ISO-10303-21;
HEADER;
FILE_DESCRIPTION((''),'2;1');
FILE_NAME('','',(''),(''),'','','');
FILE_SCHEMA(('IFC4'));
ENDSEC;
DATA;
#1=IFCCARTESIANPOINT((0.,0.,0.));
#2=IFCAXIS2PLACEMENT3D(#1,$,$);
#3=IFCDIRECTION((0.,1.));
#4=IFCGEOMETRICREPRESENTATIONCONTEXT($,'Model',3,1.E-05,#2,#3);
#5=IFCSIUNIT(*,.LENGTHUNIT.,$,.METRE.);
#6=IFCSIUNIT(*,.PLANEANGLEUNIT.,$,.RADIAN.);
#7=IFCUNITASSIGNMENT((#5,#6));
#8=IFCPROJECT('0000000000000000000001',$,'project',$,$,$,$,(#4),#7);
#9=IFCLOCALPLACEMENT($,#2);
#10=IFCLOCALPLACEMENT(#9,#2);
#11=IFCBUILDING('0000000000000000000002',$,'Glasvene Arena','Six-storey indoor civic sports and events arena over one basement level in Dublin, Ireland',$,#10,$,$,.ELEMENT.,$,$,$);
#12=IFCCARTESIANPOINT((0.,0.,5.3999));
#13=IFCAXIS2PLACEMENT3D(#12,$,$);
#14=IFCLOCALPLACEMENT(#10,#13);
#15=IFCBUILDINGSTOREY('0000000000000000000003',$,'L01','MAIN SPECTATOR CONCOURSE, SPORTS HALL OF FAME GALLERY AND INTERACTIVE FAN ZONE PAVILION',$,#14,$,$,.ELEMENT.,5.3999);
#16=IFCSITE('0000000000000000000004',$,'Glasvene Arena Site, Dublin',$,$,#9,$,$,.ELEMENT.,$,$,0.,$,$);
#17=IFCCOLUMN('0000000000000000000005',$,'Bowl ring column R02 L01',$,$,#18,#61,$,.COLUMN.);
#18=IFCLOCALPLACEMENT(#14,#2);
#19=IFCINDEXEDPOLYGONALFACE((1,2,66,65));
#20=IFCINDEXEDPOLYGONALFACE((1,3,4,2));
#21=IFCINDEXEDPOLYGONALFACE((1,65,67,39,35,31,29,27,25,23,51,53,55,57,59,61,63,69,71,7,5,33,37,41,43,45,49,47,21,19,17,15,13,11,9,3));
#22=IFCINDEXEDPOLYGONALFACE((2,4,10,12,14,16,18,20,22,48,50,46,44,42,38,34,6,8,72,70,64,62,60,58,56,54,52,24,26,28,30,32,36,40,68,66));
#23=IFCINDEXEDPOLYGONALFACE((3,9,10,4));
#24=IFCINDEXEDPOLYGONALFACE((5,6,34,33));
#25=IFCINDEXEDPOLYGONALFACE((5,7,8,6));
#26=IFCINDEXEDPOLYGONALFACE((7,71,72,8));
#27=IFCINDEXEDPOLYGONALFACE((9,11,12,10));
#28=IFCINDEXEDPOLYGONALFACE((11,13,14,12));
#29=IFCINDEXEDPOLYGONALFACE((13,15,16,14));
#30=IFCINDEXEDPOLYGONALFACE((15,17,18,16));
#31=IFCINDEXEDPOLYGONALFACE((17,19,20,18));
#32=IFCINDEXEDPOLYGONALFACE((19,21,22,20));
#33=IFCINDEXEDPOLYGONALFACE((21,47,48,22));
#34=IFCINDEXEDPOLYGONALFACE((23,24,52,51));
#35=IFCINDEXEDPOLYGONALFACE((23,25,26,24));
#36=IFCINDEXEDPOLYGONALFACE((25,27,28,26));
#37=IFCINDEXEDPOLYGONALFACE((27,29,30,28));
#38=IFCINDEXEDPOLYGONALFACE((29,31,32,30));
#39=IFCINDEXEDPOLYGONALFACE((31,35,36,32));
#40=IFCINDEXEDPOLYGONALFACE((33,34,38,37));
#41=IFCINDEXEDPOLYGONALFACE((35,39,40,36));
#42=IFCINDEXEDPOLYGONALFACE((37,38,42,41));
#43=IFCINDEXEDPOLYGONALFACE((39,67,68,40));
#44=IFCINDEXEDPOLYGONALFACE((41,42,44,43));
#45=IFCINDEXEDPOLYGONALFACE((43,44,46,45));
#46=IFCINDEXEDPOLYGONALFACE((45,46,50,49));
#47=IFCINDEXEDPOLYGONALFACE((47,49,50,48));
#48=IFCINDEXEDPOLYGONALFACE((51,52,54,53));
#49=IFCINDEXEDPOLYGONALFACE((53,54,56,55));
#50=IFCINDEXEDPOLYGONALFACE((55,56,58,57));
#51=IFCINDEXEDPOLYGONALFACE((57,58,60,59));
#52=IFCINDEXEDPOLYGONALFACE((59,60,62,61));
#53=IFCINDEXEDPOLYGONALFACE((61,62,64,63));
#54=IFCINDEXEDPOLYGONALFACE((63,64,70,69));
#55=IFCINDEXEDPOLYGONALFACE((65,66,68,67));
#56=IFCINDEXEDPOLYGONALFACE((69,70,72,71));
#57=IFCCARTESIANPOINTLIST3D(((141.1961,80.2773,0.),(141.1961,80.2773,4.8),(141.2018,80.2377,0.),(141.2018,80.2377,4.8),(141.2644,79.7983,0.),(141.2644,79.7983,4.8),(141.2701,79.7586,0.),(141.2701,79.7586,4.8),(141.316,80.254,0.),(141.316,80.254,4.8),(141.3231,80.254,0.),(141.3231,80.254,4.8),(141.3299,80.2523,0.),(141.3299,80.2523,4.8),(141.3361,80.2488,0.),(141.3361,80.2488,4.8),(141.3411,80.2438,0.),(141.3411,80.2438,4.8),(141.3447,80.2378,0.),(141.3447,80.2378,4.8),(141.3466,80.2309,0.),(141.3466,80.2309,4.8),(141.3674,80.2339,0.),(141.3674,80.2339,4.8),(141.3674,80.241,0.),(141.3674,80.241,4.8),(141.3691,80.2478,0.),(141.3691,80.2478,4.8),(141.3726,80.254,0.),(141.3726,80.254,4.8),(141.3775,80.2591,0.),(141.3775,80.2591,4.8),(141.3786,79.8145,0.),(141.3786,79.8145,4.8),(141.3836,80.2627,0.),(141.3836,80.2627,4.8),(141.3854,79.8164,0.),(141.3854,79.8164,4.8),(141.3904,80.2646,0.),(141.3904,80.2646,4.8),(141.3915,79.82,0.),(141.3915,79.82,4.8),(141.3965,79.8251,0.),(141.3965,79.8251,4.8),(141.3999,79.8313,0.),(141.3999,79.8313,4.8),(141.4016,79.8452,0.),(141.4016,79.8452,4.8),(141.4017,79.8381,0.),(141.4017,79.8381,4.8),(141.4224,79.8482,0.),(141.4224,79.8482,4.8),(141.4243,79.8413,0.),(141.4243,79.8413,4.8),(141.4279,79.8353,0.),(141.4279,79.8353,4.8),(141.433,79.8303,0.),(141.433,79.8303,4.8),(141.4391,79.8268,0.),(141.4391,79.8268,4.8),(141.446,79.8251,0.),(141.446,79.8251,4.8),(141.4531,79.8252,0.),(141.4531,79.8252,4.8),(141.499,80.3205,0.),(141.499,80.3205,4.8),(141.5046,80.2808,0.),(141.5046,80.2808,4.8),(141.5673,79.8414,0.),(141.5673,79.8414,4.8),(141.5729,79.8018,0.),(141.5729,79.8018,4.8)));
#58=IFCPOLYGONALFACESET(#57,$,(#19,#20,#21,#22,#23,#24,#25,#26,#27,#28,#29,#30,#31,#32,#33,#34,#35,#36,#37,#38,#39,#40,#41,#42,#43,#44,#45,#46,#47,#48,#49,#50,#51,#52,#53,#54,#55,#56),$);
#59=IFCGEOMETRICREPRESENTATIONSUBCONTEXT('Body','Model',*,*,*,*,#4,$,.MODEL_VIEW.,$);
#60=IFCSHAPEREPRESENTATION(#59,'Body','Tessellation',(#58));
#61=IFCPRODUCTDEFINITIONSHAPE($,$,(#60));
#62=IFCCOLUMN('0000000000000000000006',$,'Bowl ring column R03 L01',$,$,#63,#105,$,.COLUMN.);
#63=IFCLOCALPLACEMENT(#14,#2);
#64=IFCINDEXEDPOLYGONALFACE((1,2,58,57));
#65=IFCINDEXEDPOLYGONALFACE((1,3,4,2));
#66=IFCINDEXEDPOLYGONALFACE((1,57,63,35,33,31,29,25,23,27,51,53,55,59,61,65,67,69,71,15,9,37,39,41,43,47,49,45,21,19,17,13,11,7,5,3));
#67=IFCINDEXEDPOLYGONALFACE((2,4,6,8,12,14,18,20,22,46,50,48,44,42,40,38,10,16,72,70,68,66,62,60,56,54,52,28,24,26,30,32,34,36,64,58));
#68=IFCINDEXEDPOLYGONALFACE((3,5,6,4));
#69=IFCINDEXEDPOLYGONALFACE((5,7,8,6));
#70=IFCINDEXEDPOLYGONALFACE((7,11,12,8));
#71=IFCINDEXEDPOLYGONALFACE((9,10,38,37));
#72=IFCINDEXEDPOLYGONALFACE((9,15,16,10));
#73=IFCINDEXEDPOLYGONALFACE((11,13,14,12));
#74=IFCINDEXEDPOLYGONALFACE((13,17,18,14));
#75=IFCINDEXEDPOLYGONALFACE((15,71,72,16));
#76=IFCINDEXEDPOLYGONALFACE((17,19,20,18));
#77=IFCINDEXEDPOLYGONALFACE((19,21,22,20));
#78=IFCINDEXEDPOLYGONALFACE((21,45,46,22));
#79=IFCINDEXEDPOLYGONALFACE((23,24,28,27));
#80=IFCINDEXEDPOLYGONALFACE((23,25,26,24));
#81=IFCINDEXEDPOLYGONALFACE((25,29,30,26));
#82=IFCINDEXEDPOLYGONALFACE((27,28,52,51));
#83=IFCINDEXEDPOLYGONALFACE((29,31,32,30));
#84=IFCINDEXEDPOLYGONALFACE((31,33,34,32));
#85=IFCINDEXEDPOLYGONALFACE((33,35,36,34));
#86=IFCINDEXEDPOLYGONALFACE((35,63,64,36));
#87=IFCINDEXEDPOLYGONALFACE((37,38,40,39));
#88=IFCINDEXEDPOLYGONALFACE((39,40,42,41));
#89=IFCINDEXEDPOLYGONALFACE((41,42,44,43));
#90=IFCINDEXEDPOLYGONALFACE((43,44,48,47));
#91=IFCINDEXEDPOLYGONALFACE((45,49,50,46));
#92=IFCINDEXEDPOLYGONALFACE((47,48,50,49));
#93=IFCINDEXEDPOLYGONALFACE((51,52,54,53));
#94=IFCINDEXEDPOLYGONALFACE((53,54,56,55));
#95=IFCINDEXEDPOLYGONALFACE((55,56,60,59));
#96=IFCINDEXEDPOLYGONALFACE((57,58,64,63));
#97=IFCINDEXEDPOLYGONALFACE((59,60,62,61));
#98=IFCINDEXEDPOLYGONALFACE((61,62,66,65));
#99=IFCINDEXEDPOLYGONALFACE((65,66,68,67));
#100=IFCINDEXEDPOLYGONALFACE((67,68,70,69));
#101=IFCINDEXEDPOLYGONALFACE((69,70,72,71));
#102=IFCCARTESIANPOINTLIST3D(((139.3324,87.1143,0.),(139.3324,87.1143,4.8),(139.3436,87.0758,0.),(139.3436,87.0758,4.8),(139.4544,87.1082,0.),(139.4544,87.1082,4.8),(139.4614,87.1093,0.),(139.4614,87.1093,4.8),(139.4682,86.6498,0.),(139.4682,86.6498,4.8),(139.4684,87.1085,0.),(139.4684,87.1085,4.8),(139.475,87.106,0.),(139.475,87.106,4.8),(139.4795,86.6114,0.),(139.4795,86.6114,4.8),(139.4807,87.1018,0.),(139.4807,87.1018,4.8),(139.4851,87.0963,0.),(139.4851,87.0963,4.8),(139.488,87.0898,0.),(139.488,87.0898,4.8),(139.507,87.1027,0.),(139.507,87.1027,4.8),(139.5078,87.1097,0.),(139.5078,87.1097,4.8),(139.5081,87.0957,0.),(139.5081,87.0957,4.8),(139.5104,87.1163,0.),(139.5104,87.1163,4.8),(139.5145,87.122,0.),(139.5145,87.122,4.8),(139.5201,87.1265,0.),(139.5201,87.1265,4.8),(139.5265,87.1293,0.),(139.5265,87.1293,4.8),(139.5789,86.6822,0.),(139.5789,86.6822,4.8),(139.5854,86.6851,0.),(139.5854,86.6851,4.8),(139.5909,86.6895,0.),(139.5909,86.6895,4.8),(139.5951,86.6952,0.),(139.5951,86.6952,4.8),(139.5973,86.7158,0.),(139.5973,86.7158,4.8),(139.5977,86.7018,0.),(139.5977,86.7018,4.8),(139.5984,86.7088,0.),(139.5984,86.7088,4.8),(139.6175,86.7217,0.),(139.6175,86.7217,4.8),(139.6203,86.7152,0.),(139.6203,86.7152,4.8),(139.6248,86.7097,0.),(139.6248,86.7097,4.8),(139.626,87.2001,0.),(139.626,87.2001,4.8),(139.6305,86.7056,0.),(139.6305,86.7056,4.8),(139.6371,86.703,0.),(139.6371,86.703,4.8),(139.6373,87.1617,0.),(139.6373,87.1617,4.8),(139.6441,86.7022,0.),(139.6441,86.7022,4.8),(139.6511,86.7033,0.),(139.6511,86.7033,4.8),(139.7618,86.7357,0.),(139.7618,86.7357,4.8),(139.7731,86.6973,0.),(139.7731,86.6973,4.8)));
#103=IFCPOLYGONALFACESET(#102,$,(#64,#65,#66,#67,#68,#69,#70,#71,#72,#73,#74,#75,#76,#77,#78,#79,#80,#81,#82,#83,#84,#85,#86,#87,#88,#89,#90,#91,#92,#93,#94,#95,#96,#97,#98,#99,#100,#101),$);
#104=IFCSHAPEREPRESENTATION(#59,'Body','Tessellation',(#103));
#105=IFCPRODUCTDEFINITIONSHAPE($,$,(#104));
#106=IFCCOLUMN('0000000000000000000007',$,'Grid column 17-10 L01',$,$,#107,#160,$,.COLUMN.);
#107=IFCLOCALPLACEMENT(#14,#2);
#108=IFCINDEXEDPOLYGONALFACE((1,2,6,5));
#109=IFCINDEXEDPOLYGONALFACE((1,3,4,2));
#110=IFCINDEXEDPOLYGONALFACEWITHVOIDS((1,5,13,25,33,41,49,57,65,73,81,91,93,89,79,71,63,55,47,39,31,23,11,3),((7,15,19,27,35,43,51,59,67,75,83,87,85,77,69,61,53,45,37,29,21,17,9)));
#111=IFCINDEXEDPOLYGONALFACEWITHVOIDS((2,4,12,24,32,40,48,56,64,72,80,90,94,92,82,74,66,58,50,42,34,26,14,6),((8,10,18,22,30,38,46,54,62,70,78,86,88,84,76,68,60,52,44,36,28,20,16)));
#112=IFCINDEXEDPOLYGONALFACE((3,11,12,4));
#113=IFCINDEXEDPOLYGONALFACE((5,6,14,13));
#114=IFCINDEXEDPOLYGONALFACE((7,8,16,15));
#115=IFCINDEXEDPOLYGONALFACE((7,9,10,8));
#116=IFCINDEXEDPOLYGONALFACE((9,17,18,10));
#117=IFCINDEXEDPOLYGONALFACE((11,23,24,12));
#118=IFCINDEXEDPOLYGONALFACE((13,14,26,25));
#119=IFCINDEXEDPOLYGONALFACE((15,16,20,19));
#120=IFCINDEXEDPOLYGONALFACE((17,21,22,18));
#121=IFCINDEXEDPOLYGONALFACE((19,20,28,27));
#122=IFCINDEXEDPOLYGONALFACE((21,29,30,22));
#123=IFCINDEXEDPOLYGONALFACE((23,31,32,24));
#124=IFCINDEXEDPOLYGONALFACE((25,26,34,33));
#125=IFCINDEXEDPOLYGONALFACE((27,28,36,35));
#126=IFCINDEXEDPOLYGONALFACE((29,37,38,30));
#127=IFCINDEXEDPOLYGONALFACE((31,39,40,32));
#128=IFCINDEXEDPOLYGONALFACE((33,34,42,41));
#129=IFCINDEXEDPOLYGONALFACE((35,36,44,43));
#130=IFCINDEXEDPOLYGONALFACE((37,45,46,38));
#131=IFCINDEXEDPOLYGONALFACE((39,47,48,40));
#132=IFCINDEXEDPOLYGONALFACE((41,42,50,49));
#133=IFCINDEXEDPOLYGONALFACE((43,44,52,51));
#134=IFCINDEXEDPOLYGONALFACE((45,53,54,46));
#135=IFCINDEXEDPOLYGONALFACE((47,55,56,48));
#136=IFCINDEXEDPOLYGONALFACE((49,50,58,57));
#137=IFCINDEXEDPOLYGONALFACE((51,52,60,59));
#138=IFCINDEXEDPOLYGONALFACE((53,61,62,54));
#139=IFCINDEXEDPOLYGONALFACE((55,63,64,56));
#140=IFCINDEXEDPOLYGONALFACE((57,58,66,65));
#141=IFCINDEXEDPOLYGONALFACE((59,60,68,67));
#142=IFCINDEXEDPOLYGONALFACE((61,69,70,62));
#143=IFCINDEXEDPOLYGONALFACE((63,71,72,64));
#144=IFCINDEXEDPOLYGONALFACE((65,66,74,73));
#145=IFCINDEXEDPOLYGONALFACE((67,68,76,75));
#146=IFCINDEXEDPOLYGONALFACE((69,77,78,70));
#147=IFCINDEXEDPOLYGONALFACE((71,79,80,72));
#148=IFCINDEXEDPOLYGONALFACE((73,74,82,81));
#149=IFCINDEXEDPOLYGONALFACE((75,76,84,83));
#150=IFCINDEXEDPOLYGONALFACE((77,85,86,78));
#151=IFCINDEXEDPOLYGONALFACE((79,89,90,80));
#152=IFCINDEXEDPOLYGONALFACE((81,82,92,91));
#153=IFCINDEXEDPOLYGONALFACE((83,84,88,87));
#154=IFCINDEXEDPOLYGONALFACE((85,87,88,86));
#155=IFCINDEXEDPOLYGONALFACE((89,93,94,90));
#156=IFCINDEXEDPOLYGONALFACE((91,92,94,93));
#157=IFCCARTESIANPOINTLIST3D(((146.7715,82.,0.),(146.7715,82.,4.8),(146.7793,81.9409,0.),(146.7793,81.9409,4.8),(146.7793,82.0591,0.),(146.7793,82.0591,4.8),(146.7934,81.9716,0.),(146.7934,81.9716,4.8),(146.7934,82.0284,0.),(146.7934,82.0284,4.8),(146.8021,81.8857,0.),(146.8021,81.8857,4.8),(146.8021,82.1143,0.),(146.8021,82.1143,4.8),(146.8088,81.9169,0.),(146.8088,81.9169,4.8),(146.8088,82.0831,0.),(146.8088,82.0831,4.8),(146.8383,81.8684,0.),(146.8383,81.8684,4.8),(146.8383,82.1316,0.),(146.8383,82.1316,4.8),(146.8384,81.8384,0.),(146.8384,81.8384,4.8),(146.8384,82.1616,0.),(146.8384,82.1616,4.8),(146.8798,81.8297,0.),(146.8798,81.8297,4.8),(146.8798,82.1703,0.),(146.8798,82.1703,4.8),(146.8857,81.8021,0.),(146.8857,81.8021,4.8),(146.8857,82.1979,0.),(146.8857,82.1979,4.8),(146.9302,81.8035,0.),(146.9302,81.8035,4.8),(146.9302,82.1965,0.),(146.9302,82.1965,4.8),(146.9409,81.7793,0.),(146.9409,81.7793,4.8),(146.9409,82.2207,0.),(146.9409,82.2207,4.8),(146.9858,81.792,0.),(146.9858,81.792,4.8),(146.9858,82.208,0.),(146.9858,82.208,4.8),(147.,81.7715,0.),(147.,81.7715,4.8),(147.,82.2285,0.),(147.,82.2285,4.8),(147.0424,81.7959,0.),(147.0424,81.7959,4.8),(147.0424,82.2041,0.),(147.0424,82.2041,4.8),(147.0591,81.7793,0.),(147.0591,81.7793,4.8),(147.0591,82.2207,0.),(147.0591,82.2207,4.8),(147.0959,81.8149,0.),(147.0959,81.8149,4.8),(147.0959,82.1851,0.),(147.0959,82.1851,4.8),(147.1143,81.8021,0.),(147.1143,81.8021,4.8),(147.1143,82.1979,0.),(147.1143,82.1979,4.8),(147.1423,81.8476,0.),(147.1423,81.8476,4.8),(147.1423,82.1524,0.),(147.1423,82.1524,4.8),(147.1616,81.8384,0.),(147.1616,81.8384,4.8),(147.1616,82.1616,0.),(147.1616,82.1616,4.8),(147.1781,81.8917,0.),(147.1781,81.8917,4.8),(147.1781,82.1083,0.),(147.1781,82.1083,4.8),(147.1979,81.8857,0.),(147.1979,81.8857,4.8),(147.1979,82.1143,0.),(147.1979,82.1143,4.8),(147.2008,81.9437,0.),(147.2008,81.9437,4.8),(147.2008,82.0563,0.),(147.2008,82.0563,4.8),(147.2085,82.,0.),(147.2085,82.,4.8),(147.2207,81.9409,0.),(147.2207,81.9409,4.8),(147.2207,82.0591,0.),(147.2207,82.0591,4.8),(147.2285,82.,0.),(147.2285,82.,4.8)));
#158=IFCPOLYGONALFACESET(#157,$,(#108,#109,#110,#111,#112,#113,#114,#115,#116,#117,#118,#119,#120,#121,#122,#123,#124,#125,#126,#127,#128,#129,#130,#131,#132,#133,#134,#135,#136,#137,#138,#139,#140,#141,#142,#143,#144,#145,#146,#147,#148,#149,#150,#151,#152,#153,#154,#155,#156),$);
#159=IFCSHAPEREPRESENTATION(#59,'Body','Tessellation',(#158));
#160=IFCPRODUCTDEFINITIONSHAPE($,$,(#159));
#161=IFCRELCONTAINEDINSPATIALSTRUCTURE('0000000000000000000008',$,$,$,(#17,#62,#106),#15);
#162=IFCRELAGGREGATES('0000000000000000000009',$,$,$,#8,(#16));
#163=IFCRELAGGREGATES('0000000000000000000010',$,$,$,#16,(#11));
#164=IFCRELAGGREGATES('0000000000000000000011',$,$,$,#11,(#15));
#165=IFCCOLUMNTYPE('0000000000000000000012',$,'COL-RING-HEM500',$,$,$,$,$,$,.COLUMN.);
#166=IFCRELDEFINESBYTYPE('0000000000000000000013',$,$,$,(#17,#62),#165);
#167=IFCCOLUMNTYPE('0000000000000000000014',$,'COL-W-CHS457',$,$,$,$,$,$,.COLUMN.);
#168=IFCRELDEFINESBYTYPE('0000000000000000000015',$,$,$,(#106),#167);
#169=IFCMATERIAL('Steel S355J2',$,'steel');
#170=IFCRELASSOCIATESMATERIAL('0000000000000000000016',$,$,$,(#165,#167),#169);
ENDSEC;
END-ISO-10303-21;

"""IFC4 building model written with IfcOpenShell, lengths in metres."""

from ifc_helpers import new_model, si_unit, direction, frame, origin, origin_2d, place, context, subcontext, project, spatial, hollow_circle, i_section, extrude, material, material_profile, profile_set, type_object, element, save


model = new_model("IFC4")

# Units and contexts
model_context = context("Model", 3, precision=1e-05, world=origin(), true_north=direction((0.0, 1.0)))
body_context = subcontext(model_context, "Body", "Model", "MODEL_VIEW")
ifc_project = project(units=[si_unit("LENGTHUNIT", "METRE"), si_unit("PLANEANGLEUNIT", "RADIAN")], contexts=[model_context])

# Site, building, storey
site_placement = place(None, origin())
site = spatial("IfcSite", under=ifc_project, at=site_placement, Name="Glasvene Arena Site, Dublin", CompositionType="ELEMENT", RefElevation=0.0)
building_placement = place(site_placement, origin())
building = spatial("IfcBuilding", under=site, at=building_placement, Name="Glasvene Arena", Description="Six-storey indoor civic sports and events arena over one basement level in Dublin, Ireland", CompositionType="ELEMENT")
storey_placement = place(building_placement, frame((0.0, 0.0, 5.3999)))
storey = spatial("IfcBuildingStorey", under=building, at=storey_placement, Name="L01", Description="MAIN SPECTATOR CONCOURSE, SPORTS HALL OF FAME GALLERY AND INTERACTIVE FAN ZONE PAVILION", CompositionType="ELEMENT", Elevation=5.3999)

# Columns
ifc_material_1 = material(Name="Steel S355J2", Category="steel")
ifc_material_profile_1 = material_profile(ifc_material_1, i_section(OverallWidth=0.3059, OverallDepth=0.5239, WebThickness=0.021, FlangeThickness=0.04, FilletRadius=0.0271, at=origin_2d()), Name="HEM 500")
ifc_profile_set_1 = profile_set([ifc_material_profile_1], Name="Steel S355J2")
column_type_1 = type_object("IfcColumnType", Name="COL-RING-HEM500", PredefinedType="COLUMN", material=ifc_profile_set_1)
for number, where, z_axis, x_axis, name in (
    (1, (141.3845, 80.0396, 0.0), (0.0, 0.0, 1.0), (0.989999, 0.141074, 0.0), "Bowl ring column R02 L01"),
    (2, (139.5527, 86.9058, 0.0), (0.0, 0.0, 1.0), (0.959805, 0.280667, 0.0), "Bowl ring column R03 L01"),
):
    element("IfcColumn", number, at=place(storey_placement, frame(where, z_axis=z_axis, x_axis=x_axis)), inside=storey, type_object=column_type_1, Name=name, PredefinedType="COLUMN", context=body_context, shape_type="SweptSolid", body=[
        extrude(i_section(OverallWidth=0.3059, OverallDepth=0.5239, WebThickness=0.021, FlangeThickness=0.04, FilletRadius=0.0271, at=origin_2d()), origin(), (0.0, 0.0, 1.0), 4.8),
    ])
ifc_material_profile_2 = material_profile(ifc_material_1, hollow_circle(Radius=0.2285, WallThickness=0.02, at=origin_2d()), Name="CHS 457.0x20.0")
ifc_profile_set_2 = profile_set([ifc_material_profile_2], Name="Steel S355J2")
column_type_2 = type_object("IfcColumnType", Name="COL-W-CHS457", PredefinedType="COLUMN", material=ifc_profile_set_2)
column_placement = place(storey_placement, frame((147.0, 82.0, 0.0), z_axis=(0.0, 0.0, 1.0), x_axis=(1.0, 0.0, 0.0)))
element("IfcColumn", 3, at=column_placement, inside=storey, type_object=column_type_2, Name="Grid column 17-10 L01", PredefinedType="COLUMN", context=body_context, shape_type="SweptSolid", body=[
    extrude(hollow_circle(Radius=0.2285, WallThickness=0.02, at=origin_2d()), origin(), (0.0, 0.0, 1.0), 4.8),
])

save(model, "model.ifc")
